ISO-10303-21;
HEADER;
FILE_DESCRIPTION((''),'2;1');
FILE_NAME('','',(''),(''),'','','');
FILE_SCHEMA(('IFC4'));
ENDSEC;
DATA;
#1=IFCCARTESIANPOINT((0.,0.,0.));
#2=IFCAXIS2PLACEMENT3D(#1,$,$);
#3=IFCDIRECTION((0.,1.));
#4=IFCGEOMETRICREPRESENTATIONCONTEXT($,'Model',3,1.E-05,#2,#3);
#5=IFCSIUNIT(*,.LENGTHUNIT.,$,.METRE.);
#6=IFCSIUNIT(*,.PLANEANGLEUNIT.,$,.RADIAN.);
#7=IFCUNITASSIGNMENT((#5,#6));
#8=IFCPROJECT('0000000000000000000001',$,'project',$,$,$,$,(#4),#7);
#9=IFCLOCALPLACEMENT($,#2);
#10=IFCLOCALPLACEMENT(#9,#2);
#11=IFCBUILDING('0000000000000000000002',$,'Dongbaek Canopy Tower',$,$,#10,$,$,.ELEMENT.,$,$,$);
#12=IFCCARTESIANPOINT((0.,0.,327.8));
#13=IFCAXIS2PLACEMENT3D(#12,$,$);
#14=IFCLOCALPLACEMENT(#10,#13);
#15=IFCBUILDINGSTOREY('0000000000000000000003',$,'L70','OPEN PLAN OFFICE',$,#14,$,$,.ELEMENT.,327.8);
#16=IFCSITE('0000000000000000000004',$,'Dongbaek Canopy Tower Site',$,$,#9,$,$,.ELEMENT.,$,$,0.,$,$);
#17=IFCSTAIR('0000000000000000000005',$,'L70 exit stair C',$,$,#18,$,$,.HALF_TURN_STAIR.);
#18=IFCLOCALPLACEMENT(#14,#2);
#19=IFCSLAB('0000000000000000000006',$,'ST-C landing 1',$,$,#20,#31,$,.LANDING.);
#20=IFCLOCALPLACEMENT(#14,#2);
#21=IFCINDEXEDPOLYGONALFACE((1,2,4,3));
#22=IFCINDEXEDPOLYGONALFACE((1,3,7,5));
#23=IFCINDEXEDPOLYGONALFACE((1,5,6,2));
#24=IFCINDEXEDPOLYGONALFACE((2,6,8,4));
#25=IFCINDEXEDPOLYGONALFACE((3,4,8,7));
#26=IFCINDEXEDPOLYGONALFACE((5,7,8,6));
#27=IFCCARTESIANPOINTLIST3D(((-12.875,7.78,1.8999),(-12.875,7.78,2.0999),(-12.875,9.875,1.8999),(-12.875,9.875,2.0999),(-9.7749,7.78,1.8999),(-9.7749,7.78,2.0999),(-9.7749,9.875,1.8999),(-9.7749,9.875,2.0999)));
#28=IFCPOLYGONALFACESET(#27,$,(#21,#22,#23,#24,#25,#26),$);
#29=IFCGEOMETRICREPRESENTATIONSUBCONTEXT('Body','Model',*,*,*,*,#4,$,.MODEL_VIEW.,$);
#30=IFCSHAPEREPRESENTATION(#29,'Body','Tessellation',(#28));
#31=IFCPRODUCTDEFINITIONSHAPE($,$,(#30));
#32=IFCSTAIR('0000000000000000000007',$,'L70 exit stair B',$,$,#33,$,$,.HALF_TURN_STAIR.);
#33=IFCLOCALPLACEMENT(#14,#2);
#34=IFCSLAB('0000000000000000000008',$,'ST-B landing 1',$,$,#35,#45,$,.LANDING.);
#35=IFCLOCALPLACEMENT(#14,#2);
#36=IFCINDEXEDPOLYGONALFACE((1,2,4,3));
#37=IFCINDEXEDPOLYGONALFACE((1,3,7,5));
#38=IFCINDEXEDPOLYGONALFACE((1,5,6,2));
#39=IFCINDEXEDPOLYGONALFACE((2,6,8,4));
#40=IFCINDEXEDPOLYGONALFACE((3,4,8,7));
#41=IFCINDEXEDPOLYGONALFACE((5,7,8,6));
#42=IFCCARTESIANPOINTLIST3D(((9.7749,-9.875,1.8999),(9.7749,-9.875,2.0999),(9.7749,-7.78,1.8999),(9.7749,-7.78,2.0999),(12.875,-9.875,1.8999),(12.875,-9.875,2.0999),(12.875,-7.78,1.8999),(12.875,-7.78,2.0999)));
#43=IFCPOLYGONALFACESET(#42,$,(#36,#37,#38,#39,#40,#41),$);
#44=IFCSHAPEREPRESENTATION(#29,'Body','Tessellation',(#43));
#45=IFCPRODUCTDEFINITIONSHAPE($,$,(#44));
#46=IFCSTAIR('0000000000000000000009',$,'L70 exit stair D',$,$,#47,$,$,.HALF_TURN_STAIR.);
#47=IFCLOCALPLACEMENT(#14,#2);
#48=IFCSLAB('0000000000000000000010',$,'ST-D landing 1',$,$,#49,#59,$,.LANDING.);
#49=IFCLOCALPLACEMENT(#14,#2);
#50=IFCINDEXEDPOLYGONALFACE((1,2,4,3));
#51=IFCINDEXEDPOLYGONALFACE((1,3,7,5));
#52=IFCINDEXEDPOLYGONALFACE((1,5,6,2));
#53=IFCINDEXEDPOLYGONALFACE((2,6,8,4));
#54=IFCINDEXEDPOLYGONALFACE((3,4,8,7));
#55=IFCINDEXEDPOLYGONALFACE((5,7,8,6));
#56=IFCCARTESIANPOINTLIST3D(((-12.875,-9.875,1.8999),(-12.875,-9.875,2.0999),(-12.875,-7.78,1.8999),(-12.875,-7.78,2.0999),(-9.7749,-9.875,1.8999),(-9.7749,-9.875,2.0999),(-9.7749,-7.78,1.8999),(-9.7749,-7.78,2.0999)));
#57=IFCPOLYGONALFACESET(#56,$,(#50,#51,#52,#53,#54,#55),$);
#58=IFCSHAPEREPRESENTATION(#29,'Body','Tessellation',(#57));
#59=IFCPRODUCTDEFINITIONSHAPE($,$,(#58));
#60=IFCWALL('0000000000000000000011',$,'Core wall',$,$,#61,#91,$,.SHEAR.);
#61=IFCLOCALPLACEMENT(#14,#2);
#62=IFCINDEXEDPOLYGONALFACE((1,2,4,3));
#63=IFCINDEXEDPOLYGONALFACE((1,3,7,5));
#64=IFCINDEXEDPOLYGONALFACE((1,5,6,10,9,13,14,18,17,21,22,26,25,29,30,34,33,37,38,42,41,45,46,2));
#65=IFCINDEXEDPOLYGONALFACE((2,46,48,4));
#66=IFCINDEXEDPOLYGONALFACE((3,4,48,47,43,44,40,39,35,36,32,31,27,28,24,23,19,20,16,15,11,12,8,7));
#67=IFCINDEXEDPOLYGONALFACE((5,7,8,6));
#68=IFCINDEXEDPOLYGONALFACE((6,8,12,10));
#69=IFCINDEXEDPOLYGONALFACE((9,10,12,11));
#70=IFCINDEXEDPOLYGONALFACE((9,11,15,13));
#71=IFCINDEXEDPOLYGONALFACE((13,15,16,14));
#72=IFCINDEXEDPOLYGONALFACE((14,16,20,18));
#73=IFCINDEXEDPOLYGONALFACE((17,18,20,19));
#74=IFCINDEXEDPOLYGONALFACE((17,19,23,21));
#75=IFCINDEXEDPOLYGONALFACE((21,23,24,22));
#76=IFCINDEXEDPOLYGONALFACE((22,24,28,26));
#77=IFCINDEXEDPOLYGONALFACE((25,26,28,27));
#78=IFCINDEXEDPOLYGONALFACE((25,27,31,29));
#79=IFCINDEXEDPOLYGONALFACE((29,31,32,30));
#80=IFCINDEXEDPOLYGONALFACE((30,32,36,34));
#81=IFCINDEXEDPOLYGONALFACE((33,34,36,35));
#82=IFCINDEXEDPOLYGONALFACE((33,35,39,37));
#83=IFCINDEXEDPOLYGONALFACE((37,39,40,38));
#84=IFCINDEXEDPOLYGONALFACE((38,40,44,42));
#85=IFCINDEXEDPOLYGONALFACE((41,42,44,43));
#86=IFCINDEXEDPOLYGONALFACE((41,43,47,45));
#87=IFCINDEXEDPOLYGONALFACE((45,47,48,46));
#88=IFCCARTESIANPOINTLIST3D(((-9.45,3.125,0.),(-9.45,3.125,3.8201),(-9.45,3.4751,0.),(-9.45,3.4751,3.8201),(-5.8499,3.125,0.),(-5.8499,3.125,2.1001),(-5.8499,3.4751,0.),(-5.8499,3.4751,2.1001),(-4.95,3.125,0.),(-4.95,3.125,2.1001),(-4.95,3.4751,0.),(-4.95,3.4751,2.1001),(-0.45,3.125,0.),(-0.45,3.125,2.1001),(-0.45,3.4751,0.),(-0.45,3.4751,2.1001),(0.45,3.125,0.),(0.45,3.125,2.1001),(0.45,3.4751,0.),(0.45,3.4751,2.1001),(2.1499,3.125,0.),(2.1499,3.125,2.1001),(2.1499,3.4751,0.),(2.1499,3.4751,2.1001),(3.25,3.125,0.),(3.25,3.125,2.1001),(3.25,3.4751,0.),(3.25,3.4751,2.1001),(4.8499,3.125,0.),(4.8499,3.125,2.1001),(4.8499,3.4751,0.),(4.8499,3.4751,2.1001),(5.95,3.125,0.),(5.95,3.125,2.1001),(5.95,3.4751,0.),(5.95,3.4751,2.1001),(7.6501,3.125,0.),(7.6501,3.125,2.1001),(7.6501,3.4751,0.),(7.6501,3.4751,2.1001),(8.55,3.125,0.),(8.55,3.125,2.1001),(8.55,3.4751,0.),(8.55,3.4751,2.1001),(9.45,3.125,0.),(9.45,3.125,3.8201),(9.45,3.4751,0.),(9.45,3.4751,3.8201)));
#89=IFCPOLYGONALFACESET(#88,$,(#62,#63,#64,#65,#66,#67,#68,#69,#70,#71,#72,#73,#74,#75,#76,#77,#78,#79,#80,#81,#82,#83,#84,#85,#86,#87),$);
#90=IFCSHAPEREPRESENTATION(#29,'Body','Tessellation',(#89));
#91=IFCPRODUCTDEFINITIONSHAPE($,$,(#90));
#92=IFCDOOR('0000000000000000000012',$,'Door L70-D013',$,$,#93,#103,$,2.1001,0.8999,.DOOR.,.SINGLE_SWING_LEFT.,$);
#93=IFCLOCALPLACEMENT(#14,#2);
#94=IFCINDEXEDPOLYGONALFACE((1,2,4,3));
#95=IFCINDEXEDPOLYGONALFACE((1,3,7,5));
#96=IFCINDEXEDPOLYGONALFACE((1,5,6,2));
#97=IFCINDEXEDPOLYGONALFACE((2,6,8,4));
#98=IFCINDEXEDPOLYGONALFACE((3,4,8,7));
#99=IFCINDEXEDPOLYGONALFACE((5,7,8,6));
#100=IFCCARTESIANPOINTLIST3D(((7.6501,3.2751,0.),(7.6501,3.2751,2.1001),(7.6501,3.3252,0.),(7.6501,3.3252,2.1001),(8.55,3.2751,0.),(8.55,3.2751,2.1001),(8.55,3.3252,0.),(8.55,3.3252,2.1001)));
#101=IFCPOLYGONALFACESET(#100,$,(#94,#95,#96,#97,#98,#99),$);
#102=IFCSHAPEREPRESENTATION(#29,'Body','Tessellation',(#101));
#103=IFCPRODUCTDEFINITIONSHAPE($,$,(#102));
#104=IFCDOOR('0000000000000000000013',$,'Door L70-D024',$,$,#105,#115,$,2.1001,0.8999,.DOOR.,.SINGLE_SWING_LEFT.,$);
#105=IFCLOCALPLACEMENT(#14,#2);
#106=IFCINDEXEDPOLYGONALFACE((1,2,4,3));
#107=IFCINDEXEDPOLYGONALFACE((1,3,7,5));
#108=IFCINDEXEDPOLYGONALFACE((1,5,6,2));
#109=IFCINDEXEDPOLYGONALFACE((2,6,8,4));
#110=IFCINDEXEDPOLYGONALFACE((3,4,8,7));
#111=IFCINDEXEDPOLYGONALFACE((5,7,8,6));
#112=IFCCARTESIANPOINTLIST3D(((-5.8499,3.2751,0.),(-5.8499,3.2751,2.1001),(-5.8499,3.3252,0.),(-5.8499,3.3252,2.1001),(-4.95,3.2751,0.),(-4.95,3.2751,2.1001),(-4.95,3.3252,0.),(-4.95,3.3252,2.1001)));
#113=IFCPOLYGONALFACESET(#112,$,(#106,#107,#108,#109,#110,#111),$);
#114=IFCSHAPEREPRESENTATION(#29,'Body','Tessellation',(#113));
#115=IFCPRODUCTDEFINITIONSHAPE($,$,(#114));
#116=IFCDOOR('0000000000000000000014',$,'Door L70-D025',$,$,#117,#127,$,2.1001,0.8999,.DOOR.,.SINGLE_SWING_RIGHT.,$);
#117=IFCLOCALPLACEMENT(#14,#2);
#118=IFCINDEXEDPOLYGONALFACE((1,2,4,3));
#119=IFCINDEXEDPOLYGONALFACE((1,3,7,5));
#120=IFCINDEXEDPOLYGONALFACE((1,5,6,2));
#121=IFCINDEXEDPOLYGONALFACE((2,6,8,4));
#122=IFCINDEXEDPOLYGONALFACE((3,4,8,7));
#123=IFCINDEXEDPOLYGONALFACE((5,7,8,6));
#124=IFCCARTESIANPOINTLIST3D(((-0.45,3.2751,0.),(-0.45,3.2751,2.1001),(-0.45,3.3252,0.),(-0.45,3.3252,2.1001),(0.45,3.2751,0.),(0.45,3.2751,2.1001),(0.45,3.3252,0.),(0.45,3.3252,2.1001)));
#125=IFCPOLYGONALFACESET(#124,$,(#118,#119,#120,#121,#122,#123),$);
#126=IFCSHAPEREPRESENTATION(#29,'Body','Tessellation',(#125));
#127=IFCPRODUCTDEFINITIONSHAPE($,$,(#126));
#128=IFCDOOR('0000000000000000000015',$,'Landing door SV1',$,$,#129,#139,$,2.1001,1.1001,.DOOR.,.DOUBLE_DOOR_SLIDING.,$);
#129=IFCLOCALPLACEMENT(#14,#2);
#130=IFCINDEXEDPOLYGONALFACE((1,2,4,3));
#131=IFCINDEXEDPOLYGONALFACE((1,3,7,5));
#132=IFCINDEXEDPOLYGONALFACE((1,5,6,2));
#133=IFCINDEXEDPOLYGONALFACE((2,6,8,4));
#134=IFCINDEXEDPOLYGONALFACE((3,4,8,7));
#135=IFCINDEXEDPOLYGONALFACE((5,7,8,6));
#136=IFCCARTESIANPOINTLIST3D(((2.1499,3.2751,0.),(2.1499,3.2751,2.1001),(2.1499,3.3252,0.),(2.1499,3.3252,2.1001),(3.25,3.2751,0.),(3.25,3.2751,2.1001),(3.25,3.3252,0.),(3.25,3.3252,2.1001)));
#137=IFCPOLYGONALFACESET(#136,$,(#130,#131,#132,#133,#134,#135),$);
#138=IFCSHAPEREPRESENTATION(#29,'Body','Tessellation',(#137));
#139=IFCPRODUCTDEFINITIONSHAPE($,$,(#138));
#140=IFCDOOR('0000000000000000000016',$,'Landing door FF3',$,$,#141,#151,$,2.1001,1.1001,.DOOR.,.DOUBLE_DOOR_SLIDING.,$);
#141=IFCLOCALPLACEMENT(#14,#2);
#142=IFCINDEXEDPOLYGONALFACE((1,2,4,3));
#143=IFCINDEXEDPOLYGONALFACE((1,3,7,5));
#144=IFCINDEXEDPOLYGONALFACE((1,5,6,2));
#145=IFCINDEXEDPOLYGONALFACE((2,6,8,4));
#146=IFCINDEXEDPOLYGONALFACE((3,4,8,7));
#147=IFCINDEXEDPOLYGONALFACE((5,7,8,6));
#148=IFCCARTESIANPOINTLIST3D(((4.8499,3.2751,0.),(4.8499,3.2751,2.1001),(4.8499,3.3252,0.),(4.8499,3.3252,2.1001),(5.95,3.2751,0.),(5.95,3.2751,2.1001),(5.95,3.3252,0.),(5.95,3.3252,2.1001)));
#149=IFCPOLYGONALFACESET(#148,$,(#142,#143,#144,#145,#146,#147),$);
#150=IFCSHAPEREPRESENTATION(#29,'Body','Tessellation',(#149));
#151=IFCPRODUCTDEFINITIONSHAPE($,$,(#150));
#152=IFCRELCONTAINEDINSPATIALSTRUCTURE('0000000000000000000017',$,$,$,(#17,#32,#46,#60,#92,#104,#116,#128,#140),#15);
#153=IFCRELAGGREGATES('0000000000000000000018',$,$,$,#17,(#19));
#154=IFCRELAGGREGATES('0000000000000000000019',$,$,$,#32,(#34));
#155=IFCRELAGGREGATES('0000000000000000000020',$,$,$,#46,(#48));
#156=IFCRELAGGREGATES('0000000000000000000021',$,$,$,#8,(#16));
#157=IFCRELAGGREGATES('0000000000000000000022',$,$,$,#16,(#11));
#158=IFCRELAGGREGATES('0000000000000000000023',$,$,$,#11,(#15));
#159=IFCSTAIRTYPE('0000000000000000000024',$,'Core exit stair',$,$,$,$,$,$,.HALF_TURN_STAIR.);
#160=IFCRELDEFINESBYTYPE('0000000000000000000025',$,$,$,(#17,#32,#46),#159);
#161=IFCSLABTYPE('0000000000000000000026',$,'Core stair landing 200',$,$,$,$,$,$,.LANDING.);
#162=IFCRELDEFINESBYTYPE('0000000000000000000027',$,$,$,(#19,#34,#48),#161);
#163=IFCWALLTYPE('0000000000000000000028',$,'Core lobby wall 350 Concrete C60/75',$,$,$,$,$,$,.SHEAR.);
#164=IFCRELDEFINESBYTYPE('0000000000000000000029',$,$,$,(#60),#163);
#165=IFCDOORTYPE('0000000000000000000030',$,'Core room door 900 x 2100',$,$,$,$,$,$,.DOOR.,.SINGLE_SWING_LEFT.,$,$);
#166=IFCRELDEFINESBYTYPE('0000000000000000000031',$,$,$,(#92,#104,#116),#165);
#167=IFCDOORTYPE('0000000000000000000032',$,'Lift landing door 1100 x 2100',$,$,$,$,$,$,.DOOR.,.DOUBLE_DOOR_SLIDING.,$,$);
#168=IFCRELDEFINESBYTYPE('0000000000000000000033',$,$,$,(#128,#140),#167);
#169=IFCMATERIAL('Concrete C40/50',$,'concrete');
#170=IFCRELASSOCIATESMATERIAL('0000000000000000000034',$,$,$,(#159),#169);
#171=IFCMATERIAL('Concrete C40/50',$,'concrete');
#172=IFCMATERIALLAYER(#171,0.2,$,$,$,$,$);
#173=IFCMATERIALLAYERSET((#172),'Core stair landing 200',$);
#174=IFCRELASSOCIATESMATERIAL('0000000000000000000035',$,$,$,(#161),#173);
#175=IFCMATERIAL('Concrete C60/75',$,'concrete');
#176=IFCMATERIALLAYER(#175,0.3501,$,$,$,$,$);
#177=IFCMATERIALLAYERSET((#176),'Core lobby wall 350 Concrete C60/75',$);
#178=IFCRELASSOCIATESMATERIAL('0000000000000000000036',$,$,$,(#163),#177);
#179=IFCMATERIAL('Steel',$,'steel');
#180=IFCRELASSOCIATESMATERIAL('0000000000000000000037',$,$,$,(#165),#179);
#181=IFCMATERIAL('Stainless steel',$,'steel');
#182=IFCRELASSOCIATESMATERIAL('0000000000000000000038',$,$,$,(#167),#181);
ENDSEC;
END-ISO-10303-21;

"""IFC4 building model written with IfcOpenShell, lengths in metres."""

from ifc_helpers import new_model, si_unit, direction, frame, frame_2d, origin, place, context, subcontext, project, spatial, polyline, rectangle, outline, extrude, material, layer, layer_set, type_object, element, fill, aggregate, save


model = new_model("IFC4")

# Units and contexts
model_context = context("Model", 3, precision=1e-05, world=origin(), true_north=direction((0.0, 1.0)))
body_context = subcontext(model_context, "Body", "Model", "MODEL_VIEW")
ifc_project = project(units=[si_unit("LENGTHUNIT", "METRE"), si_unit("PLANEANGLEUNIT", "RADIAN")], contexts=[model_context])

# Site, building, storey
site_placement = place(None, origin())
site = spatial("IfcSite", under=ifc_project, at=site_placement, Name="Dongbaek Canopy Tower Site", CompositionType="ELEMENT", RefElevation=0.0)
building_placement = place(site_placement, origin())
building = spatial("IfcBuilding", under=site, at=building_placement, Name="Dongbaek Canopy Tower", CompositionType="ELEMENT")
storey_placement = place(building_placement, frame((0.0, 0.0, 327.8)))
storey = spatial("IfcBuildingStorey", under=building, at=storey_placement, Name="L70", Description="OPEN PLAN OFFICE", CompositionType="ELEMENT", Elevation=327.8)

# Stairs, slabs
ifc_material_1 = material(Name="Concrete C40/50", Category="concrete")
stair_type = type_object("IfcStairType", Name="Core exit stair", PredefinedType="HALF_TURN_STAIR", material=ifc_material_1)
stair_1_placement = place(storey_placement, origin())
stair_1 = element("IfcStair", 1, at=stair_1_placement, inside=storey, type_object=stair_type, Name="L70 exit stair C", PredefinedType="HALF_TURN_STAIR")
ifc_material_2 = material(Name="Concrete C40/50", Category="concrete")
ifc_layer_1 = layer(ifc_material_2, 0.2)
ifc_layer_set_1 = layer_set([ifc_layer_1], Name="Core stair landing 200")
slab_type = type_object("IfcSlabType", Name="Core stair landing 200", PredefinedType="LANDING", material=ifc_layer_set_1)
slab_1_placement = place(storey_placement, frame((0.0, 0.0, 1.8999)))
slab_1 = element("IfcSlab", 2, at=slab_1_placement, type_object=slab_type, Name="ST-C landing 1", PredefinedType="LANDING", context=body_context, shape_type="SweptSolid", body=[
    extrude(outline(polyline([(-9.7749, 7.78), (-9.7749, 9.875), (-12.875, 9.875), (-12.875, 7.78), (-9.7749, 7.78)])), origin(), (0.0, 0.0, 1.0), 0.2),
])
aggregate(stair_1, [slab_1])
stair_2_placement = place(storey_placement, origin())
stair_2 = element("IfcStair", 3, at=stair_2_placement, inside=storey, type_object=stair_type, Name="L70 exit stair B", PredefinedType="HALF_TURN_STAIR")
slab_2_placement = place(storey_placement, frame((0.0, 0.0, 1.8999)))
slab_2 = element("IfcSlab", 4, at=slab_2_placement, type_object=slab_type, Name="ST-B landing 1", PredefinedType="LANDING", context=body_context, shape_type="SweptSolid", body=[
    extrude(outline(polyline([(9.7749, -7.78), (9.7749, -9.875), (12.875, -9.875), (12.875, -7.78), (9.7749, -7.78)])), origin(), (0.0, 0.0, 1.0), 0.2),
])
aggregate(stair_2, [slab_2])
stair_3_placement = place(storey_placement, origin())
stair_3 = element("IfcStair", 5, at=stair_3_placement, inside=storey, type_object=stair_type, Name="L70 exit stair D", PredefinedType="HALF_TURN_STAIR")
slab_3_placement = place(storey_placement, frame((0.0, 0.0, 1.8999)))
slab_3 = element("IfcSlab", 6, at=slab_3_placement, type_object=slab_type, Name="ST-D landing 1", PredefinedType="LANDING", context=body_context, shape_type="SweptSolid", body=[
    extrude(outline(polyline([(-12.875, -7.78), (-12.875, -9.875), (-9.7749, -9.875), (-9.7749, -7.78), (-12.875, -7.78)])), origin(), (0.0, 0.0, 1.0), 0.2),
])
aggregate(stair_3, [slab_3])

# Wall, openings, doors
ifc_material_3 = material(Name="Concrete C60/75", Category="concrete")
ifc_layer_2 = layer(ifc_material_3, 0.3501)
ifc_layer_set_2 = layer_set([ifc_layer_2], Name="Core lobby wall 350 Concrete C60/75")
wall_type_1 = type_object("IfcWallType", Name="Core lobby wall 350 Concrete C60/75", PredefinedType="SHEAR", material=ifc_layer_set_2)
wall_1_placement = place(storey_placement, frame((9.45, 3.3, 0.0), z_axis=(0.0, 0.0, 1.0), x_axis=(-1.0, 0.0, 0.0)))
wall_1 = element("IfcWall", 7, at=wall_1_placement, inside=storey, type_object=wall_type_1, Name="Core wall", PredefinedType="SHEAR", context=body_context, shape_type="SweptSolid", body=[
    extrude(rectangle(XDim=18.8999, YDim=0.3501, at=frame_2d((9.45, 0.0))), origin(), (0.0, 0.0, 1.0), 3.8201),
])
opening_1_placement = place(wall_1_placement, frame((6.2, 0.0, 0.0)))
opening_1 = element("IfcOpeningElement", 8, at=opening_1_placement, cuts=wall_1, PredefinedType="OPENING", context=body_context, shape_type="SweptSolid", body=[
    extrude(rectangle(XDim=1.1001, YDim=2.1001, at=frame_2d((0.55, 1.05))), frame((0.0, 0.1851, 0.0), z_axis=(0.0, -1.0, 0.0), x_axis=(1.0, 0.0, 0.0)), (0.0, 0.0, 1.0), 0.3701),
])
opening_2_placement = place(wall_1_placement, frame((3.5, 0.0, 0.0)))
opening_2 = element("IfcOpeningElement", 9, at=opening_2_placement, cuts=wall_1, PredefinedType="OPENING", context=body_context, shape_type="SweptSolid", body=[
    extrude(rectangle(XDim=1.1001, YDim=2.1001, at=frame_2d((0.55, 1.05))), frame((0.0, 0.1851, 0.0), z_axis=(0.0, -1.0, 0.0), x_axis=(1.0, 0.0, 0.0)), (0.0, 0.0, 1.0), 0.3701),
])
opening_3_placement = place(wall_1_placement, frame((0.8999, 0.0, 0.0)))
opening_3 = element("IfcOpeningElement", 10, at=opening_3_placement, cuts=wall_1, PredefinedType="OPENING", context=body_context, shape_type="SweptSolid", body=[
    extrude(rectangle(XDim=0.8999, YDim=2.1001, at=frame_2d((0.45, 1.05))), frame((0.0, 0.1851, 0.0), z_axis=(0.0, -1.0, 0.0), x_axis=(1.0, 0.0, 0.0)), (0.0, 0.0, 1.0), 0.3701),
])
opening_4_placement = place(wall_1_placement, frame((14.3999, 0.0, 0.0)))
opening_4 = element("IfcOpeningElement", 11, at=opening_4_placement, cuts=wall_1, PredefinedType="OPENING", context=body_context, shape_type="SweptSolid", body=[
    extrude(rectangle(XDim=0.8999, YDim=2.1001, at=frame_2d((0.45, 1.05))), frame((0.0, 0.1851, 0.0), z_axis=(0.0, -1.0, 0.0), x_axis=(1.0, 0.0, 0.0)), (0.0, 0.0, 1.0), 0.3701),
])
opening_5_placement = place(wall_1_placement, frame((9.0, 0.0, 0.0)))
opening_5 = element("IfcOpeningElement", 12, at=opening_5_placement, cuts=wall_1, PredefinedType="OPENING", context=body_context, shape_type="SweptSolid", body=[
    extrude(rectangle(XDim=0.8999, YDim=2.1001, at=frame_2d((0.45, 1.05))), frame((0.0, 0.1851, 0.0), z_axis=(0.0, -1.0, 0.0), x_axis=(1.0, 0.0, 0.0)), (0.0, 0.0, 1.0), 0.3701),
])
ifc_material_4 = material(Name="Steel", Category="steel")
door_type_1 = type_object("IfcDoorType", Name="Core room door 900 x 2100", OperationType="SINGLE_SWING_LEFT", PredefinedType="DOOR", material=ifc_material_4)
door_1_placement = place(opening_3_placement, origin())
door_1 = element("IfcDoor", 13, at=door_1_placement, inside=storey, type_object=door_type_1, Name="Door L70-D013", OperationType="SINGLE_SWING_LEFT", OverallHeight=2.1001, OverallWidth=0.8999, PredefinedType="DOOR", context=body_context, shape_type="SweptSolid", body=[
    extrude(rectangle(XDim=0.8999, YDim=2.1001, at=frame_2d((0.45, 1.05))), frame((0.0, 0.0249, 0.0), z_axis=(0.0, -1.0, 0.0), x_axis=(1.0, 0.0, 0.0)), (0.0, 0.0, 1.0), 0.05),
])
fill(opening_3, door_1)
door_2_placement = place(opening_4_placement, origin())
door_2 = element("IfcDoor", 14, at=door_2_placement, inside=storey, type_object=door_type_1, Name="Door L70-D024", OperationType="SINGLE_SWING_LEFT", OverallHeight=2.1001, OverallWidth=0.8999, PredefinedType="DOOR", context=body_context, shape_type="SweptSolid", body=[
    extrude(rectangle(XDim=0.8999, YDim=2.1001, at=frame_2d((0.45, 1.05))), frame((0.0, 0.0249, 0.0), z_axis=(0.0, -1.0, 0.0), x_axis=(1.0, 0.0, 0.0)), (0.0, 0.0, 1.0), 0.05),
])
fill(opening_4, door_2)
door_3_placement = place(opening_5_placement, origin())
door_3 = element("IfcDoor", 15, at=door_3_placement, inside=storey, type_object=door_type_1, Name="Door L70-D025", OperationType="SINGLE_SWING_RIGHT", OverallHeight=2.1001, OverallWidth=0.8999, PredefinedType="DOOR", context=body_context, shape_type="SweptSolid", body=[
    extrude(rectangle(XDim=0.8999, YDim=2.1001, at=frame_2d((0.45, 1.05))), frame((0.0, 0.0249, 0.0), z_axis=(0.0, -1.0, 0.0), x_axis=(1.0, 0.0, 0.0)), (0.0, 0.0, 1.0), 0.05),
])
fill(opening_5, door_3)
ifc_material_5 = material(Name="Stainless steel", Category="steel")
door_type_2 = type_object("IfcDoorType", Name="Lift landing door 1100 x 2100", OperationType="DOUBLE_DOOR_SLIDING", PredefinedType="DOOR", material=ifc_material_5)
door_4_placement = place(opening_1_placement, origin())
door_4 = element("IfcDoor", 16, at=door_4_placement, inside=storey, type_object=door_type_2, Name="Landing door SV1", OperationType="DOUBLE_DOOR_SLIDING", OverallHeight=2.1001, OverallWidth=1.1001, PredefinedType="DOOR", context=body_context, shape_type="SweptSolid", body=[
    extrude(rectangle(XDim=1.1001, YDim=2.1001, at=frame_2d((0.55, 1.05))), frame((0.0, 0.0249, 0.0), z_axis=(0.0, -1.0, 0.0), x_axis=(1.0, 0.0, 0.0)), (0.0, 0.0, 1.0), 0.05),
])
fill(opening_1, door_4)
door_5_placement = place(opening_2_placement, origin())
door_5 = element("IfcDoor", 17, at=door_5_placement, inside=storey, type_object=door_type_2, Name="Landing door FF3", OperationType="DOUBLE_DOOR_SLIDING", OverallHeight=2.1001, OverallWidth=1.1001, PredefinedType="DOOR", context=body_context, shape_type="SweptSolid", body=[
    extrude(rectangle(XDim=1.1001, YDim=2.1001, at=frame_2d((0.55, 1.05))), frame((0.0, 0.0249, 0.0), z_axis=(0.0, -1.0, 0.0), x_axis=(1.0, 0.0, 0.0)), (0.0, 0.0, 1.0), 0.05),
])
fill(opening_2, door_5)

save(model, "model.ifc")
